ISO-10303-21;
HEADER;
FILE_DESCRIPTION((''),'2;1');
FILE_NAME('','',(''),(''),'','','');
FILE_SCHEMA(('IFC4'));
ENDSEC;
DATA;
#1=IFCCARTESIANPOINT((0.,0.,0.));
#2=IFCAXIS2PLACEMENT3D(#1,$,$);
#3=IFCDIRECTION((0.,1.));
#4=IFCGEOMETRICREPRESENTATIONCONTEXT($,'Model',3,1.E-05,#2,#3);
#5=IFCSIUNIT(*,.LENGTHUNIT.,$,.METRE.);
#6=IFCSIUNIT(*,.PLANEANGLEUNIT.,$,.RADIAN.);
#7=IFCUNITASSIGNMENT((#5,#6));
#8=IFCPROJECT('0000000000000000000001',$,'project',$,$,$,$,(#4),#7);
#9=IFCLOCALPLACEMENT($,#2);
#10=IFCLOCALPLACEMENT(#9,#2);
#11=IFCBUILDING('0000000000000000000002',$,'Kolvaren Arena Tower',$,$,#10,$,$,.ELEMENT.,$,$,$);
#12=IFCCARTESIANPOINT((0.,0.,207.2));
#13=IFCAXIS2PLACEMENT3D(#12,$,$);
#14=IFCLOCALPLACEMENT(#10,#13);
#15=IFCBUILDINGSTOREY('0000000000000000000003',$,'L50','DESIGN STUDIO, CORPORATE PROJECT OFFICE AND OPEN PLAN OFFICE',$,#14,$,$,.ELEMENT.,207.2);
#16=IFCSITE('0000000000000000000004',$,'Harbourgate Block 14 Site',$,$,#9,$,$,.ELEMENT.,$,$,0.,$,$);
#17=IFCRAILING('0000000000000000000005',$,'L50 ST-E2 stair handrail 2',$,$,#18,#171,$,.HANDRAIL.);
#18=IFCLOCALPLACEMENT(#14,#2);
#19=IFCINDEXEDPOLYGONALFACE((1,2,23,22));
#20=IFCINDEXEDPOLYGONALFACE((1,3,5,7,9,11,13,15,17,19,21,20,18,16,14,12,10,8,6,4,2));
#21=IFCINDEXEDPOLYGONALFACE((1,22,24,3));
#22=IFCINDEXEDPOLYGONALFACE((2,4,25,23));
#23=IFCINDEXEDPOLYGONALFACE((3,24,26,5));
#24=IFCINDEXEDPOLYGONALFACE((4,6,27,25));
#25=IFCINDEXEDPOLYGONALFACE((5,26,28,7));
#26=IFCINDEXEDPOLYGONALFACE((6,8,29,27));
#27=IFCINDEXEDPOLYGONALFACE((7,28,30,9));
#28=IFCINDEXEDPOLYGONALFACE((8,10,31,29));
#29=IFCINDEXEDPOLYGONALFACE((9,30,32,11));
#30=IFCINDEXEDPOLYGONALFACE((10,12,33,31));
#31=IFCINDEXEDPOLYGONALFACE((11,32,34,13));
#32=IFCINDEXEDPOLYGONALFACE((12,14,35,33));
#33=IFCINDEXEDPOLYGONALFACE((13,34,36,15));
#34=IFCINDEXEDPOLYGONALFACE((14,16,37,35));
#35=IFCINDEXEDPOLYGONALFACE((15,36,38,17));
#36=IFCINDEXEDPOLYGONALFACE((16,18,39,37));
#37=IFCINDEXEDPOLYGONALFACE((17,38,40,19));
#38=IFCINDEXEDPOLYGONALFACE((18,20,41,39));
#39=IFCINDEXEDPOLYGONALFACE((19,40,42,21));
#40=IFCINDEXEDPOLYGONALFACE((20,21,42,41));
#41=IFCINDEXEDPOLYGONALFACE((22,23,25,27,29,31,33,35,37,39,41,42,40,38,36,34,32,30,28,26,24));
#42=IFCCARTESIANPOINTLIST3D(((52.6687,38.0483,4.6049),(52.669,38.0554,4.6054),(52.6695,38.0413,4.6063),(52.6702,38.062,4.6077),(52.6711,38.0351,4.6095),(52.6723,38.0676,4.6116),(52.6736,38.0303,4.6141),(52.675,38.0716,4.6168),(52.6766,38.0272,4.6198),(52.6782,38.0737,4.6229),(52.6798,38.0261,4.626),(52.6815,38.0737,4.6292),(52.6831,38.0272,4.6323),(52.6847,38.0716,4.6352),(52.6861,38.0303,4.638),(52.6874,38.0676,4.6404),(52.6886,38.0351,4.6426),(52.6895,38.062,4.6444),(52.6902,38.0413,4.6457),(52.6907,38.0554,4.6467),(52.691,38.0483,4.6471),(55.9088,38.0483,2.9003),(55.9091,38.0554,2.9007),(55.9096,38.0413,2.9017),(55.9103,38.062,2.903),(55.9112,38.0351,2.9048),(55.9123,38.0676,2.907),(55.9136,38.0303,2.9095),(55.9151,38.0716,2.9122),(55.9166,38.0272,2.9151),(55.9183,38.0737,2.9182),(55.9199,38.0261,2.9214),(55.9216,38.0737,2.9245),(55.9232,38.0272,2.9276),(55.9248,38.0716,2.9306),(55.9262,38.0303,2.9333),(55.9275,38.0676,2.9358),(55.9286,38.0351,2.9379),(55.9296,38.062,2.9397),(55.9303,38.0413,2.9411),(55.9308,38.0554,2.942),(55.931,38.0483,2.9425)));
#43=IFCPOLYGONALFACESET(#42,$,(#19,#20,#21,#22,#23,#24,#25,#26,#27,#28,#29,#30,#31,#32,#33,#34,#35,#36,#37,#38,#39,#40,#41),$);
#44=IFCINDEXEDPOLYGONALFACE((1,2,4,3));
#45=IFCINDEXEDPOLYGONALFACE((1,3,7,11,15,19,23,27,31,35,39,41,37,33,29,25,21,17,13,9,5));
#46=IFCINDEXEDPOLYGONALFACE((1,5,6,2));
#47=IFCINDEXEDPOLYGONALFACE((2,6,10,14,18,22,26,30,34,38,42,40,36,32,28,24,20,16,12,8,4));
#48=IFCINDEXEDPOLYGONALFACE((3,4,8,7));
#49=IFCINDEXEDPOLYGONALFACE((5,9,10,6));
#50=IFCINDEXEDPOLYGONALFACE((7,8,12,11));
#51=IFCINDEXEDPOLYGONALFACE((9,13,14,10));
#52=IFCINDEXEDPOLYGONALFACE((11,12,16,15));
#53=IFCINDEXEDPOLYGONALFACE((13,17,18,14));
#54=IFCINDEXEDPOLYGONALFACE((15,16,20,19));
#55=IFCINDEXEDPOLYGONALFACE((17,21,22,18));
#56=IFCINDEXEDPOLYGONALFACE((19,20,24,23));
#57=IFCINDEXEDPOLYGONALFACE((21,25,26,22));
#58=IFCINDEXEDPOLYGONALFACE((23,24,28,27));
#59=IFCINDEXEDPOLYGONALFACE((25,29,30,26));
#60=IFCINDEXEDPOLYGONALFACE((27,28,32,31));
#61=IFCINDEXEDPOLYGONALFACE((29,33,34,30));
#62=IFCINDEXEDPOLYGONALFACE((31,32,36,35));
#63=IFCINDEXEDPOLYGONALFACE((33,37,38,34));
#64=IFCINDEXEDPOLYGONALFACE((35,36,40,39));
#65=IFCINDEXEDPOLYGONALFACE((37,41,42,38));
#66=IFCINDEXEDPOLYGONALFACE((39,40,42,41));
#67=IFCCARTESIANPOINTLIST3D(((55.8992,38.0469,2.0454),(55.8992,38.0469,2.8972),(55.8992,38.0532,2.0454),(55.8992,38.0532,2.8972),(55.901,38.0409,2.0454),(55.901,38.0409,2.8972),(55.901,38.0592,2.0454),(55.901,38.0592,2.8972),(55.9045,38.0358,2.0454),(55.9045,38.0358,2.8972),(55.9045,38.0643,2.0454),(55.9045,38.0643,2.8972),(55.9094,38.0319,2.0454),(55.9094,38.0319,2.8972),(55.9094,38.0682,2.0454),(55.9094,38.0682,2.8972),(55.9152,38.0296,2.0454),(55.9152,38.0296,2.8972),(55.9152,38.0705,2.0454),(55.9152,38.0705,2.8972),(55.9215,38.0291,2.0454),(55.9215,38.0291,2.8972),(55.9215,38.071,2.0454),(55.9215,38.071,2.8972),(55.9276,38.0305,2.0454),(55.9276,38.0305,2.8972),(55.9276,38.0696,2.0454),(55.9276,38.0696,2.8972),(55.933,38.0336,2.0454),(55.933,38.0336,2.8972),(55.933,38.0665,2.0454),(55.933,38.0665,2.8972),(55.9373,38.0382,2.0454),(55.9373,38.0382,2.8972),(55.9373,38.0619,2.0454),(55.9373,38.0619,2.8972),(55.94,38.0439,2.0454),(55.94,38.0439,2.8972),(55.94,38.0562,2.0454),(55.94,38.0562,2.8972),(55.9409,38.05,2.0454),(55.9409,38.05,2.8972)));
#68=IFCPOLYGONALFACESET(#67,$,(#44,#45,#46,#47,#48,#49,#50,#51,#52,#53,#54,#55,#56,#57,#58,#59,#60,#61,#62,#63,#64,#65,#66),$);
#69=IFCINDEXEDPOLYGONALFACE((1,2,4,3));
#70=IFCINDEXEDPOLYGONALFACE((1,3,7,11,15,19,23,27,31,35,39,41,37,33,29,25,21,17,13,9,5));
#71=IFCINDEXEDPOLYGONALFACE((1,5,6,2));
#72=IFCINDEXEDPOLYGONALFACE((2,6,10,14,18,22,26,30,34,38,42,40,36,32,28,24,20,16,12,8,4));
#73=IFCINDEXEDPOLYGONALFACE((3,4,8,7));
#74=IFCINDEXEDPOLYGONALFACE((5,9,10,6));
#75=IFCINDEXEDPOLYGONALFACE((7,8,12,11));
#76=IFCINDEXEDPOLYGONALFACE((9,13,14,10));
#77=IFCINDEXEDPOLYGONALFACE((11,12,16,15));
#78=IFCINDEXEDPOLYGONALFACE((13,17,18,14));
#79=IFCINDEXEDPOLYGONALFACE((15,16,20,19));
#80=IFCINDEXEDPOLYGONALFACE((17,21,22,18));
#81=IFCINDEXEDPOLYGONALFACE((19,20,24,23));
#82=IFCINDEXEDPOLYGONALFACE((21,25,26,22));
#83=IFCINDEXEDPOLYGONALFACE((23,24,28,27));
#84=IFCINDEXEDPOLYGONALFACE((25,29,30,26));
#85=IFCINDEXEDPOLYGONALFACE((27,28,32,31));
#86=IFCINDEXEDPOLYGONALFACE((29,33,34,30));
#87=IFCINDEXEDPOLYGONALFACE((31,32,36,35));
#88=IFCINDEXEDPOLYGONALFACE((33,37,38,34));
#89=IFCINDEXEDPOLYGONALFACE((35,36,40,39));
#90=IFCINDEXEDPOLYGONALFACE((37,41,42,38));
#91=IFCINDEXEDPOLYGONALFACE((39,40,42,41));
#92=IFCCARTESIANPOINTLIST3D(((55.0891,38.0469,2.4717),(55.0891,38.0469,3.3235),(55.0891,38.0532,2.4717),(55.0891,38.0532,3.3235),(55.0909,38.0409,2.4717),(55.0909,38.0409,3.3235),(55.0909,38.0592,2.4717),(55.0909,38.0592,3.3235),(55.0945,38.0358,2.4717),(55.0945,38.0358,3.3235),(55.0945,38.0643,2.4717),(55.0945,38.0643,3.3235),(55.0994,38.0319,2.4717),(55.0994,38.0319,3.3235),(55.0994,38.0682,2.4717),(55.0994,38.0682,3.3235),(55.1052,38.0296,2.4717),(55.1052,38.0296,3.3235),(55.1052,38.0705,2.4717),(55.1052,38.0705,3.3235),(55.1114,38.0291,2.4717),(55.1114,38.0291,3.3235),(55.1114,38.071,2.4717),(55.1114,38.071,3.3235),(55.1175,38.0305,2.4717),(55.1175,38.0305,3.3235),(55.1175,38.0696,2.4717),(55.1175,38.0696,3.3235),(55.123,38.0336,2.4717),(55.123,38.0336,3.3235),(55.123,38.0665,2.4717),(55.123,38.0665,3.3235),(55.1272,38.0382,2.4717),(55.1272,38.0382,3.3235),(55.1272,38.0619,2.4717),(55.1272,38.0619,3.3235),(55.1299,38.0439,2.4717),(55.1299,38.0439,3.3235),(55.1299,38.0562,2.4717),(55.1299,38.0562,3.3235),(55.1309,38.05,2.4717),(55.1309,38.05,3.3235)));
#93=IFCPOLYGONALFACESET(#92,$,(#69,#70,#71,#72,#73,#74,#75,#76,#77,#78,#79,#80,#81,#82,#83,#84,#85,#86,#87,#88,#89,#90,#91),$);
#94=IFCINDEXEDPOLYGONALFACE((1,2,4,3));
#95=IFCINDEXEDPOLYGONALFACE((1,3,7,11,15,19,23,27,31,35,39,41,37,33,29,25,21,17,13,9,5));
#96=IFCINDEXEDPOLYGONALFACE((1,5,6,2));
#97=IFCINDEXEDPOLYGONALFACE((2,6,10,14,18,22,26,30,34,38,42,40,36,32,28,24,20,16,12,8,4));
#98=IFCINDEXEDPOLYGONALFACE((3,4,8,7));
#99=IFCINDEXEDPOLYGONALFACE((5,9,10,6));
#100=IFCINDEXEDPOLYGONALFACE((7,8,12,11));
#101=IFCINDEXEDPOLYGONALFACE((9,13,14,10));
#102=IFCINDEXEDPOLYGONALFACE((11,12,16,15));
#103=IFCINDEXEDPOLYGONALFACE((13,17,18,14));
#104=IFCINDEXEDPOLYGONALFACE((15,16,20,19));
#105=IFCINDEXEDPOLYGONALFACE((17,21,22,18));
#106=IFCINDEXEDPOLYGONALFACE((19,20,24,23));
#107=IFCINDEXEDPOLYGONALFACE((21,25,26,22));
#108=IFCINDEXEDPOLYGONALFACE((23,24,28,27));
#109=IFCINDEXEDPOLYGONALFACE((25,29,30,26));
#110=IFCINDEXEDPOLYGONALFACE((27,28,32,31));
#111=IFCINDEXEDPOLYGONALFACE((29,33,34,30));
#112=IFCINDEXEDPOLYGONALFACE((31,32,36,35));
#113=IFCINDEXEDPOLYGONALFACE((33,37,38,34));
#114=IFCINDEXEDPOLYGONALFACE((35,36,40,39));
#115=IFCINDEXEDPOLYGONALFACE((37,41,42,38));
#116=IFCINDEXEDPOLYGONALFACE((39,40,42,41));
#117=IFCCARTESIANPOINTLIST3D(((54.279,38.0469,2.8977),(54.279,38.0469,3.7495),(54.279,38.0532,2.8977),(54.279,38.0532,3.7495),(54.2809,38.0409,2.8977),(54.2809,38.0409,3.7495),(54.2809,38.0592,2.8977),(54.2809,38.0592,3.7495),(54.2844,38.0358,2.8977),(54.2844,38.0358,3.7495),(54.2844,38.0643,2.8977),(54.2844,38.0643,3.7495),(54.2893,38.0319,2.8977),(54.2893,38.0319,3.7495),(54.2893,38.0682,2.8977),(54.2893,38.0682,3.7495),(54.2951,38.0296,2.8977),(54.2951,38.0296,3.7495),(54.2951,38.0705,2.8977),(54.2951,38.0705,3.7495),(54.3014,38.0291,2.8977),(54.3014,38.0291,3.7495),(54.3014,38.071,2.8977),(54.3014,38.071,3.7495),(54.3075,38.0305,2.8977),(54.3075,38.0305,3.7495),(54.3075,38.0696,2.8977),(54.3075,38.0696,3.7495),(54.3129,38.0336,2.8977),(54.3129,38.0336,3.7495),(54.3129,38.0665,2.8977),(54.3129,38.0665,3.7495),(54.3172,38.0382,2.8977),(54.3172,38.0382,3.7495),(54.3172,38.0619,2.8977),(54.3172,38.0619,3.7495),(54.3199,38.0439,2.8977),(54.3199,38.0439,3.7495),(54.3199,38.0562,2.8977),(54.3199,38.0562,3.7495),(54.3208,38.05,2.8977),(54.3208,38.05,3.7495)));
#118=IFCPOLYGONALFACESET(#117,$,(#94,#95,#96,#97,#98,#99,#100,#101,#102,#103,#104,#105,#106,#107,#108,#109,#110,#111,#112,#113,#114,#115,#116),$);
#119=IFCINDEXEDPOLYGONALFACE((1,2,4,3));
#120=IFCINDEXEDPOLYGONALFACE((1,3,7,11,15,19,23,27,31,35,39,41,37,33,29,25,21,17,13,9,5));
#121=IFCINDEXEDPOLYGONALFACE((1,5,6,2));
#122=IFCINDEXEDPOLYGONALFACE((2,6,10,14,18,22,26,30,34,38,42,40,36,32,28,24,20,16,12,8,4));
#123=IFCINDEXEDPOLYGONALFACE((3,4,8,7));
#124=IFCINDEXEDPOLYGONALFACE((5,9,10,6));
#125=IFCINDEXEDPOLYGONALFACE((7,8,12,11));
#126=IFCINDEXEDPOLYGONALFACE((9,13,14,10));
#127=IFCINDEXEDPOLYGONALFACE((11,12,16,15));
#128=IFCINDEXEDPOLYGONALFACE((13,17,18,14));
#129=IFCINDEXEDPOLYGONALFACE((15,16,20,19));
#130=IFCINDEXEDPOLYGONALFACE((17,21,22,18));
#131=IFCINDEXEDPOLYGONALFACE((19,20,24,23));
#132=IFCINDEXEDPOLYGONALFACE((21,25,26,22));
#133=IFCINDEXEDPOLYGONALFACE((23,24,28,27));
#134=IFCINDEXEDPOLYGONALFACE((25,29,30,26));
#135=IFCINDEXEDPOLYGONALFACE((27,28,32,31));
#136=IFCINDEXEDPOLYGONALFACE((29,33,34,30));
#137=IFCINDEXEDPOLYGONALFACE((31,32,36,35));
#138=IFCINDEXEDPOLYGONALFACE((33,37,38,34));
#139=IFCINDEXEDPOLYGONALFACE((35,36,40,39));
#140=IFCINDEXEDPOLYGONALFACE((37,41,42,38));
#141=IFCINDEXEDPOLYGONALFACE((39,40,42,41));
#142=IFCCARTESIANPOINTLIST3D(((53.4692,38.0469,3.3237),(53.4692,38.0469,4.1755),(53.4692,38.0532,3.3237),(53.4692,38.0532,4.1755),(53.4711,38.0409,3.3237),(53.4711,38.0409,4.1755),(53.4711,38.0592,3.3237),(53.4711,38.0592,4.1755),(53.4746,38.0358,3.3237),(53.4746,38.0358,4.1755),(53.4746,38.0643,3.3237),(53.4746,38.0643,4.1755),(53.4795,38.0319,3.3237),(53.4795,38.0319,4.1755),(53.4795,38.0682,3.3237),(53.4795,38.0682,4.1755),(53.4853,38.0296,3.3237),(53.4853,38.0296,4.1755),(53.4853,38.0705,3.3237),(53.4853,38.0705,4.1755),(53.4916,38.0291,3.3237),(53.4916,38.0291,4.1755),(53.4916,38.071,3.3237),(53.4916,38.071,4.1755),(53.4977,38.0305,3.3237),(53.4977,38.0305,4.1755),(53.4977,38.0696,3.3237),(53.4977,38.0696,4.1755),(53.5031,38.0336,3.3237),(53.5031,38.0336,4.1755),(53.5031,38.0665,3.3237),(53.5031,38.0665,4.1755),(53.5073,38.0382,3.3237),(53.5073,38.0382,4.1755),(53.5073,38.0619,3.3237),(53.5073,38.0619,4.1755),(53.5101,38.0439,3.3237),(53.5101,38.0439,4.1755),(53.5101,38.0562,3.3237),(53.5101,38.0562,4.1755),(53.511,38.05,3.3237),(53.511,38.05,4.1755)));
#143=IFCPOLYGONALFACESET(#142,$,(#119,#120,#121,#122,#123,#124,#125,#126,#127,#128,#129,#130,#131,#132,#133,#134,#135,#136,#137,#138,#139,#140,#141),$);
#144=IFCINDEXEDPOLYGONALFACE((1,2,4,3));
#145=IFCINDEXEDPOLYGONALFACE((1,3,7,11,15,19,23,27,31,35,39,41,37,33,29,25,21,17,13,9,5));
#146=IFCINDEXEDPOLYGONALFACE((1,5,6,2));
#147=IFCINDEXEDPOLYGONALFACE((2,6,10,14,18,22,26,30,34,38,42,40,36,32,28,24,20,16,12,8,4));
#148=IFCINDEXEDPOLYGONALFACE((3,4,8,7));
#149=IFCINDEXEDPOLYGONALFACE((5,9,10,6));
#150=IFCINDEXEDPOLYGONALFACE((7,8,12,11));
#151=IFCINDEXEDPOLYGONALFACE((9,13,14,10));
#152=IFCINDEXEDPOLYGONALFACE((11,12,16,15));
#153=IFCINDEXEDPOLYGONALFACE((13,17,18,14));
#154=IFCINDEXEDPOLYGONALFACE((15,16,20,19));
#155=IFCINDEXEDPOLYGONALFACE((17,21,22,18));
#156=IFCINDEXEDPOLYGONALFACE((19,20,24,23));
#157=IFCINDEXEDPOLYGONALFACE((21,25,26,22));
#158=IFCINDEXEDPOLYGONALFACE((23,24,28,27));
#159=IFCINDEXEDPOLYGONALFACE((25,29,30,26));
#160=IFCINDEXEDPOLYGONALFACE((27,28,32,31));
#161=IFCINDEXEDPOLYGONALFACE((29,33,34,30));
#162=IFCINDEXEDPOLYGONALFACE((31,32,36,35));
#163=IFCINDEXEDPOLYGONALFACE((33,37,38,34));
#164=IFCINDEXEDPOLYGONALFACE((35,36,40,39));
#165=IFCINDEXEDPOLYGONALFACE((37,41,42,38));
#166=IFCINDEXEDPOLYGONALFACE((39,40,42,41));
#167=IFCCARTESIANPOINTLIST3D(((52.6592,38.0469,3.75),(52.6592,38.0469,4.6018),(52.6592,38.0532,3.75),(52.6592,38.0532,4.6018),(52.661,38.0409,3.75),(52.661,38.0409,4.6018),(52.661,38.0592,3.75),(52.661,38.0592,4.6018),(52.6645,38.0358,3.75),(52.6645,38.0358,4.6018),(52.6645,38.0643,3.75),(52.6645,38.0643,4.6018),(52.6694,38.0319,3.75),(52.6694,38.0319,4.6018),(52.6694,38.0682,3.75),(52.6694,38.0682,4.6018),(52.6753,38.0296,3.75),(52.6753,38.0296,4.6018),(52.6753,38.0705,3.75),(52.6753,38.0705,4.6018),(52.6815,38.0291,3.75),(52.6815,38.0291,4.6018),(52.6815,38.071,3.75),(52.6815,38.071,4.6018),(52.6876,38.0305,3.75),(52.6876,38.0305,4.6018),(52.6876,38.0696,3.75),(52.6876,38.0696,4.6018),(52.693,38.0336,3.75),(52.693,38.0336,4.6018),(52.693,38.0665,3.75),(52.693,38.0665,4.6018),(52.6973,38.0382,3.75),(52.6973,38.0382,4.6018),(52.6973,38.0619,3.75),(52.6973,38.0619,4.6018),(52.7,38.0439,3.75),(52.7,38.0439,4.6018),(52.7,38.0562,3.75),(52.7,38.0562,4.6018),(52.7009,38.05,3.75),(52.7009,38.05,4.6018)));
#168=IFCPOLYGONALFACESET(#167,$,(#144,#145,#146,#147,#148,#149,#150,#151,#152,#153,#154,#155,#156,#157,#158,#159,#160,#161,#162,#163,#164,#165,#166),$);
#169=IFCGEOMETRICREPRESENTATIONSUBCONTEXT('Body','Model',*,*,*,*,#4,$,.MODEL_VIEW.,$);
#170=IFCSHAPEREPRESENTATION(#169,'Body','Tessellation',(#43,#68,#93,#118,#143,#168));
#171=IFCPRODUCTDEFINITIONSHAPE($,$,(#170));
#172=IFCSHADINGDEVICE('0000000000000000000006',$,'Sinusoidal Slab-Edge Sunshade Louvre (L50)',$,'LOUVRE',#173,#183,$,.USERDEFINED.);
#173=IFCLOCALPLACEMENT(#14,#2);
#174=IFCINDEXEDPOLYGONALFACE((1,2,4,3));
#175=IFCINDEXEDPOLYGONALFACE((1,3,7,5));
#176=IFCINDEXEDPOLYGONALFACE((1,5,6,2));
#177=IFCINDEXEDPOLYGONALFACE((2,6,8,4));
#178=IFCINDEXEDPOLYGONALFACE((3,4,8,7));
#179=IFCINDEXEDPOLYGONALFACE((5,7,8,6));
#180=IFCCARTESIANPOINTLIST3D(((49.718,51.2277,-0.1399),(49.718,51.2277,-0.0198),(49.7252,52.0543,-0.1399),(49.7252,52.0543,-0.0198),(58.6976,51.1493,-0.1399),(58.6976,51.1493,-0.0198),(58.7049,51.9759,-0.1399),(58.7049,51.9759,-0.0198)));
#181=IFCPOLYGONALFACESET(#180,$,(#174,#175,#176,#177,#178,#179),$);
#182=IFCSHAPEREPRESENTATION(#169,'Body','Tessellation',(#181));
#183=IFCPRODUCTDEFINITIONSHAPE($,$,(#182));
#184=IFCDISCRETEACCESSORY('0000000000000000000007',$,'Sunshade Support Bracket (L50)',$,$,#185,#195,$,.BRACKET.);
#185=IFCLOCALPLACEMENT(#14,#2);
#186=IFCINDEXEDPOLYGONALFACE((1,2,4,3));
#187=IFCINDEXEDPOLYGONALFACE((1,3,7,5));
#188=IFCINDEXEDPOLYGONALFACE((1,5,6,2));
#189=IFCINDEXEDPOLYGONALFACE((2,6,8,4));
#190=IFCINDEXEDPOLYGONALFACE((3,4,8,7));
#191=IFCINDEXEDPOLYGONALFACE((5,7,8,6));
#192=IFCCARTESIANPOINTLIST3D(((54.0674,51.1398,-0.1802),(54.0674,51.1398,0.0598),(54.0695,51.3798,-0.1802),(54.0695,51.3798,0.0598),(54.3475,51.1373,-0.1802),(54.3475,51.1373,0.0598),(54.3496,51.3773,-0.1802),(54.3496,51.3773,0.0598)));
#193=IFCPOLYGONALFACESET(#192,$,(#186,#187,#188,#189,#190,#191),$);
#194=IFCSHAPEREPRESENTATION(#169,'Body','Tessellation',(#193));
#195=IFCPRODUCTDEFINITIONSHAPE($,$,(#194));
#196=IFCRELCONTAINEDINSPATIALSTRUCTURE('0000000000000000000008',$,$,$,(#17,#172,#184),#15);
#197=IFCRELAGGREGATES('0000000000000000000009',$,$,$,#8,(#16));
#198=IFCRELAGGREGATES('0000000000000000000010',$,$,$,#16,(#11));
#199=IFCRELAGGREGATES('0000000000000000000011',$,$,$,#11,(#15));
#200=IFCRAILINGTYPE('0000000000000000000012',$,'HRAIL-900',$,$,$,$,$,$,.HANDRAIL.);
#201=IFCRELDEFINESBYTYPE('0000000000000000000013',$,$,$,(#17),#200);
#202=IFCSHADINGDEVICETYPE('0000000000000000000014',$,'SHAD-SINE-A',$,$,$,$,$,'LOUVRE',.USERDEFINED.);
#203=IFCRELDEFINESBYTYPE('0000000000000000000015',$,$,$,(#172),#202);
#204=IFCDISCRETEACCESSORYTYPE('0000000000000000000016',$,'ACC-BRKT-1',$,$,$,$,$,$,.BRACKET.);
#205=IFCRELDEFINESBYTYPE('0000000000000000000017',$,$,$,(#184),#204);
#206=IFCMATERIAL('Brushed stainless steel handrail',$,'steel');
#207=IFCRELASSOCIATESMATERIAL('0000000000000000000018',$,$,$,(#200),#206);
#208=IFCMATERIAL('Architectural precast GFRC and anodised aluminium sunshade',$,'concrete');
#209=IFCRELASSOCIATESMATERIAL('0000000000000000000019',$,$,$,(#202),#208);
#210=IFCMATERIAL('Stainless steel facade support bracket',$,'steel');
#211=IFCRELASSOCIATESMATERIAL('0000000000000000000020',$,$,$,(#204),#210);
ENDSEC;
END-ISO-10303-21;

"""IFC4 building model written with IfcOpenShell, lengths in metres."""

from ifc_helpers import new_model, si_unit, direction, frame, origin, origin_2d, place, context, subcontext, project, spatial, rectangle, circle, extrude, material, type_object, element, save


model = new_model("IFC4")

# Units and contexts
model_context = context("Model", 3, precision=1e-05, world=origin(), true_north=direction((0.0, 1.0)))
body_context = subcontext(model_context, "Body", "Model", "MODEL_VIEW")
ifc_project = project(units=[si_unit("LENGTHUNIT", "METRE"), si_unit("PLANEANGLEUNIT", "RADIAN")], contexts=[model_context])

# Site, building, storey
site_placement = place(None, origin())
site = spatial("IfcSite", under=ifc_project, at=site_placement, Name="Harbourgate Block 14 Site", CompositionType="ELEMENT", RefElevation=0.0)
building_placement = place(site_placement, origin())
building = spatial("IfcBuilding", under=site, at=building_placement, Name="Kolvaren Arena Tower", CompositionType="ELEMENT")
storey_placement = place(building_placement, frame((0.0, 0.0, 207.2)))
storey = spatial("IfcBuildingStorey", under=building, at=storey_placement, Name="L50", Description="DESIGN STUDIO, CORPORATE PROJECT OFFICE AND OPEN PLAN OFFICE", CompositionType="ELEMENT", Elevation=207.2)

# Railing
ifc_material_1 = material(Name="Brushed stainless steel handrail", Category="steel")
railing_type = type_object("IfcRailingType", Name="HRAIL-900", PredefinedType="HANDRAIL", material=ifc_material_1)
railing_placement = place(storey_placement, frame((55.9199, 38.05, 2.0454)))
element("IfcRailing", 1, at=railing_placement, inside=storey, type_object=railing_type, Name="L50 ST-E2 stair handrail 2", PredefinedType="HANDRAIL", context=body_context, shape_type="SweptSolid", body=[
    extrude(circle(Radius=0.0239, at=origin_2d()), frame((0.0, 0.0, 0.876), z_axis=(-0.884993, 0.0, 0.465604), x_axis=(0.0, -1.0, 0.0)), (0.0, 0.0, 1.0), 3.6611),
    extrude(circle(Radius=0.021, at=origin_2d()), origin(), (0.0, 0.0, 1.0), 0.8518),
    extrude(circle(Radius=0.021, at=origin_2d()), frame((-0.8101, 0.0, 0.4263)), (0.0, 0.0, 1.0), 0.8518),
    extrude(circle(Radius=0.021, at=origin_2d()), frame((-1.6201, 0.0, 0.8523)), (0.0, 0.0, 1.0), 0.8518),
    extrude(circle(Radius=0.021, at=origin_2d()), frame((-2.4299, 0.0, 1.2783)), (0.0, 0.0, 1.0), 0.8518),
    extrude(circle(Radius=0.021, at=origin_2d()), frame((-3.24, 0.0, 1.7046)), (0.0, 0.0, 1.0), 0.8518),
])

# Shading device
ifc_material_2 = material(Name="Architectural precast GFRC and anodised aluminium sunshade", Category="concrete")
shading_device_type = type_object("IfcShadingDeviceType", Name="SHAD-SINE-A", ElementType="LOUVRE", PredefinedType="USERDEFINED", material=ifc_material_2)
shading_device_placement = place(storey_placement, frame((54.2114, 51.6018, -0.1399), z_axis=(0.0, 0.0, 1.0), x_axis=(0.999962, -0.008727, 0.0)))
element("IfcShadingDevice", 2, at=shading_device_placement, inside=storey, type_object=shading_device_type, Name="Sinusoidal Slab-Edge Sunshade Louvre (L50)", ObjectType="LOUVRE", PredefinedType="USERDEFINED", context=body_context, shape_type="SweptSolid", body=[
    extrude(rectangle(XDim=8.98, YDim=0.8267, at=origin_2d()), origin(), (0.0, 0.0, 1.0), 0.1201),
])

# Discrete accessory
ifc_material_3 = material(Name="Stainless steel facade support bracket", Category="steel")
discrete_accessory_type = type_object("IfcDiscreteAccessoryType", Name="ACC-BRKT-1", PredefinedType="BRACKET", material=ifc_material_3)
discrete_accessory_placement = place(storey_placement, frame((54.2085, 51.2585, -0.1802), z_axis=(0.0, 0.0, 1.0), x_axis=(0.999962, -0.008727, 0.0)))
element("IfcDiscreteAccessory", 3, at=discrete_accessory_placement, inside=storey, type_object=discrete_accessory_type, Name="Sunshade Support Bracket (L50)", PredefinedType="BRACKET", context=body_context, shape_type="SweptSolid", body=[
    extrude(rectangle(XDim=0.28, YDim=0.24, at=origin_2d()), origin(), (0.0, 0.0, 1.0), 0.24),
])

save(model, "model.ifc")
